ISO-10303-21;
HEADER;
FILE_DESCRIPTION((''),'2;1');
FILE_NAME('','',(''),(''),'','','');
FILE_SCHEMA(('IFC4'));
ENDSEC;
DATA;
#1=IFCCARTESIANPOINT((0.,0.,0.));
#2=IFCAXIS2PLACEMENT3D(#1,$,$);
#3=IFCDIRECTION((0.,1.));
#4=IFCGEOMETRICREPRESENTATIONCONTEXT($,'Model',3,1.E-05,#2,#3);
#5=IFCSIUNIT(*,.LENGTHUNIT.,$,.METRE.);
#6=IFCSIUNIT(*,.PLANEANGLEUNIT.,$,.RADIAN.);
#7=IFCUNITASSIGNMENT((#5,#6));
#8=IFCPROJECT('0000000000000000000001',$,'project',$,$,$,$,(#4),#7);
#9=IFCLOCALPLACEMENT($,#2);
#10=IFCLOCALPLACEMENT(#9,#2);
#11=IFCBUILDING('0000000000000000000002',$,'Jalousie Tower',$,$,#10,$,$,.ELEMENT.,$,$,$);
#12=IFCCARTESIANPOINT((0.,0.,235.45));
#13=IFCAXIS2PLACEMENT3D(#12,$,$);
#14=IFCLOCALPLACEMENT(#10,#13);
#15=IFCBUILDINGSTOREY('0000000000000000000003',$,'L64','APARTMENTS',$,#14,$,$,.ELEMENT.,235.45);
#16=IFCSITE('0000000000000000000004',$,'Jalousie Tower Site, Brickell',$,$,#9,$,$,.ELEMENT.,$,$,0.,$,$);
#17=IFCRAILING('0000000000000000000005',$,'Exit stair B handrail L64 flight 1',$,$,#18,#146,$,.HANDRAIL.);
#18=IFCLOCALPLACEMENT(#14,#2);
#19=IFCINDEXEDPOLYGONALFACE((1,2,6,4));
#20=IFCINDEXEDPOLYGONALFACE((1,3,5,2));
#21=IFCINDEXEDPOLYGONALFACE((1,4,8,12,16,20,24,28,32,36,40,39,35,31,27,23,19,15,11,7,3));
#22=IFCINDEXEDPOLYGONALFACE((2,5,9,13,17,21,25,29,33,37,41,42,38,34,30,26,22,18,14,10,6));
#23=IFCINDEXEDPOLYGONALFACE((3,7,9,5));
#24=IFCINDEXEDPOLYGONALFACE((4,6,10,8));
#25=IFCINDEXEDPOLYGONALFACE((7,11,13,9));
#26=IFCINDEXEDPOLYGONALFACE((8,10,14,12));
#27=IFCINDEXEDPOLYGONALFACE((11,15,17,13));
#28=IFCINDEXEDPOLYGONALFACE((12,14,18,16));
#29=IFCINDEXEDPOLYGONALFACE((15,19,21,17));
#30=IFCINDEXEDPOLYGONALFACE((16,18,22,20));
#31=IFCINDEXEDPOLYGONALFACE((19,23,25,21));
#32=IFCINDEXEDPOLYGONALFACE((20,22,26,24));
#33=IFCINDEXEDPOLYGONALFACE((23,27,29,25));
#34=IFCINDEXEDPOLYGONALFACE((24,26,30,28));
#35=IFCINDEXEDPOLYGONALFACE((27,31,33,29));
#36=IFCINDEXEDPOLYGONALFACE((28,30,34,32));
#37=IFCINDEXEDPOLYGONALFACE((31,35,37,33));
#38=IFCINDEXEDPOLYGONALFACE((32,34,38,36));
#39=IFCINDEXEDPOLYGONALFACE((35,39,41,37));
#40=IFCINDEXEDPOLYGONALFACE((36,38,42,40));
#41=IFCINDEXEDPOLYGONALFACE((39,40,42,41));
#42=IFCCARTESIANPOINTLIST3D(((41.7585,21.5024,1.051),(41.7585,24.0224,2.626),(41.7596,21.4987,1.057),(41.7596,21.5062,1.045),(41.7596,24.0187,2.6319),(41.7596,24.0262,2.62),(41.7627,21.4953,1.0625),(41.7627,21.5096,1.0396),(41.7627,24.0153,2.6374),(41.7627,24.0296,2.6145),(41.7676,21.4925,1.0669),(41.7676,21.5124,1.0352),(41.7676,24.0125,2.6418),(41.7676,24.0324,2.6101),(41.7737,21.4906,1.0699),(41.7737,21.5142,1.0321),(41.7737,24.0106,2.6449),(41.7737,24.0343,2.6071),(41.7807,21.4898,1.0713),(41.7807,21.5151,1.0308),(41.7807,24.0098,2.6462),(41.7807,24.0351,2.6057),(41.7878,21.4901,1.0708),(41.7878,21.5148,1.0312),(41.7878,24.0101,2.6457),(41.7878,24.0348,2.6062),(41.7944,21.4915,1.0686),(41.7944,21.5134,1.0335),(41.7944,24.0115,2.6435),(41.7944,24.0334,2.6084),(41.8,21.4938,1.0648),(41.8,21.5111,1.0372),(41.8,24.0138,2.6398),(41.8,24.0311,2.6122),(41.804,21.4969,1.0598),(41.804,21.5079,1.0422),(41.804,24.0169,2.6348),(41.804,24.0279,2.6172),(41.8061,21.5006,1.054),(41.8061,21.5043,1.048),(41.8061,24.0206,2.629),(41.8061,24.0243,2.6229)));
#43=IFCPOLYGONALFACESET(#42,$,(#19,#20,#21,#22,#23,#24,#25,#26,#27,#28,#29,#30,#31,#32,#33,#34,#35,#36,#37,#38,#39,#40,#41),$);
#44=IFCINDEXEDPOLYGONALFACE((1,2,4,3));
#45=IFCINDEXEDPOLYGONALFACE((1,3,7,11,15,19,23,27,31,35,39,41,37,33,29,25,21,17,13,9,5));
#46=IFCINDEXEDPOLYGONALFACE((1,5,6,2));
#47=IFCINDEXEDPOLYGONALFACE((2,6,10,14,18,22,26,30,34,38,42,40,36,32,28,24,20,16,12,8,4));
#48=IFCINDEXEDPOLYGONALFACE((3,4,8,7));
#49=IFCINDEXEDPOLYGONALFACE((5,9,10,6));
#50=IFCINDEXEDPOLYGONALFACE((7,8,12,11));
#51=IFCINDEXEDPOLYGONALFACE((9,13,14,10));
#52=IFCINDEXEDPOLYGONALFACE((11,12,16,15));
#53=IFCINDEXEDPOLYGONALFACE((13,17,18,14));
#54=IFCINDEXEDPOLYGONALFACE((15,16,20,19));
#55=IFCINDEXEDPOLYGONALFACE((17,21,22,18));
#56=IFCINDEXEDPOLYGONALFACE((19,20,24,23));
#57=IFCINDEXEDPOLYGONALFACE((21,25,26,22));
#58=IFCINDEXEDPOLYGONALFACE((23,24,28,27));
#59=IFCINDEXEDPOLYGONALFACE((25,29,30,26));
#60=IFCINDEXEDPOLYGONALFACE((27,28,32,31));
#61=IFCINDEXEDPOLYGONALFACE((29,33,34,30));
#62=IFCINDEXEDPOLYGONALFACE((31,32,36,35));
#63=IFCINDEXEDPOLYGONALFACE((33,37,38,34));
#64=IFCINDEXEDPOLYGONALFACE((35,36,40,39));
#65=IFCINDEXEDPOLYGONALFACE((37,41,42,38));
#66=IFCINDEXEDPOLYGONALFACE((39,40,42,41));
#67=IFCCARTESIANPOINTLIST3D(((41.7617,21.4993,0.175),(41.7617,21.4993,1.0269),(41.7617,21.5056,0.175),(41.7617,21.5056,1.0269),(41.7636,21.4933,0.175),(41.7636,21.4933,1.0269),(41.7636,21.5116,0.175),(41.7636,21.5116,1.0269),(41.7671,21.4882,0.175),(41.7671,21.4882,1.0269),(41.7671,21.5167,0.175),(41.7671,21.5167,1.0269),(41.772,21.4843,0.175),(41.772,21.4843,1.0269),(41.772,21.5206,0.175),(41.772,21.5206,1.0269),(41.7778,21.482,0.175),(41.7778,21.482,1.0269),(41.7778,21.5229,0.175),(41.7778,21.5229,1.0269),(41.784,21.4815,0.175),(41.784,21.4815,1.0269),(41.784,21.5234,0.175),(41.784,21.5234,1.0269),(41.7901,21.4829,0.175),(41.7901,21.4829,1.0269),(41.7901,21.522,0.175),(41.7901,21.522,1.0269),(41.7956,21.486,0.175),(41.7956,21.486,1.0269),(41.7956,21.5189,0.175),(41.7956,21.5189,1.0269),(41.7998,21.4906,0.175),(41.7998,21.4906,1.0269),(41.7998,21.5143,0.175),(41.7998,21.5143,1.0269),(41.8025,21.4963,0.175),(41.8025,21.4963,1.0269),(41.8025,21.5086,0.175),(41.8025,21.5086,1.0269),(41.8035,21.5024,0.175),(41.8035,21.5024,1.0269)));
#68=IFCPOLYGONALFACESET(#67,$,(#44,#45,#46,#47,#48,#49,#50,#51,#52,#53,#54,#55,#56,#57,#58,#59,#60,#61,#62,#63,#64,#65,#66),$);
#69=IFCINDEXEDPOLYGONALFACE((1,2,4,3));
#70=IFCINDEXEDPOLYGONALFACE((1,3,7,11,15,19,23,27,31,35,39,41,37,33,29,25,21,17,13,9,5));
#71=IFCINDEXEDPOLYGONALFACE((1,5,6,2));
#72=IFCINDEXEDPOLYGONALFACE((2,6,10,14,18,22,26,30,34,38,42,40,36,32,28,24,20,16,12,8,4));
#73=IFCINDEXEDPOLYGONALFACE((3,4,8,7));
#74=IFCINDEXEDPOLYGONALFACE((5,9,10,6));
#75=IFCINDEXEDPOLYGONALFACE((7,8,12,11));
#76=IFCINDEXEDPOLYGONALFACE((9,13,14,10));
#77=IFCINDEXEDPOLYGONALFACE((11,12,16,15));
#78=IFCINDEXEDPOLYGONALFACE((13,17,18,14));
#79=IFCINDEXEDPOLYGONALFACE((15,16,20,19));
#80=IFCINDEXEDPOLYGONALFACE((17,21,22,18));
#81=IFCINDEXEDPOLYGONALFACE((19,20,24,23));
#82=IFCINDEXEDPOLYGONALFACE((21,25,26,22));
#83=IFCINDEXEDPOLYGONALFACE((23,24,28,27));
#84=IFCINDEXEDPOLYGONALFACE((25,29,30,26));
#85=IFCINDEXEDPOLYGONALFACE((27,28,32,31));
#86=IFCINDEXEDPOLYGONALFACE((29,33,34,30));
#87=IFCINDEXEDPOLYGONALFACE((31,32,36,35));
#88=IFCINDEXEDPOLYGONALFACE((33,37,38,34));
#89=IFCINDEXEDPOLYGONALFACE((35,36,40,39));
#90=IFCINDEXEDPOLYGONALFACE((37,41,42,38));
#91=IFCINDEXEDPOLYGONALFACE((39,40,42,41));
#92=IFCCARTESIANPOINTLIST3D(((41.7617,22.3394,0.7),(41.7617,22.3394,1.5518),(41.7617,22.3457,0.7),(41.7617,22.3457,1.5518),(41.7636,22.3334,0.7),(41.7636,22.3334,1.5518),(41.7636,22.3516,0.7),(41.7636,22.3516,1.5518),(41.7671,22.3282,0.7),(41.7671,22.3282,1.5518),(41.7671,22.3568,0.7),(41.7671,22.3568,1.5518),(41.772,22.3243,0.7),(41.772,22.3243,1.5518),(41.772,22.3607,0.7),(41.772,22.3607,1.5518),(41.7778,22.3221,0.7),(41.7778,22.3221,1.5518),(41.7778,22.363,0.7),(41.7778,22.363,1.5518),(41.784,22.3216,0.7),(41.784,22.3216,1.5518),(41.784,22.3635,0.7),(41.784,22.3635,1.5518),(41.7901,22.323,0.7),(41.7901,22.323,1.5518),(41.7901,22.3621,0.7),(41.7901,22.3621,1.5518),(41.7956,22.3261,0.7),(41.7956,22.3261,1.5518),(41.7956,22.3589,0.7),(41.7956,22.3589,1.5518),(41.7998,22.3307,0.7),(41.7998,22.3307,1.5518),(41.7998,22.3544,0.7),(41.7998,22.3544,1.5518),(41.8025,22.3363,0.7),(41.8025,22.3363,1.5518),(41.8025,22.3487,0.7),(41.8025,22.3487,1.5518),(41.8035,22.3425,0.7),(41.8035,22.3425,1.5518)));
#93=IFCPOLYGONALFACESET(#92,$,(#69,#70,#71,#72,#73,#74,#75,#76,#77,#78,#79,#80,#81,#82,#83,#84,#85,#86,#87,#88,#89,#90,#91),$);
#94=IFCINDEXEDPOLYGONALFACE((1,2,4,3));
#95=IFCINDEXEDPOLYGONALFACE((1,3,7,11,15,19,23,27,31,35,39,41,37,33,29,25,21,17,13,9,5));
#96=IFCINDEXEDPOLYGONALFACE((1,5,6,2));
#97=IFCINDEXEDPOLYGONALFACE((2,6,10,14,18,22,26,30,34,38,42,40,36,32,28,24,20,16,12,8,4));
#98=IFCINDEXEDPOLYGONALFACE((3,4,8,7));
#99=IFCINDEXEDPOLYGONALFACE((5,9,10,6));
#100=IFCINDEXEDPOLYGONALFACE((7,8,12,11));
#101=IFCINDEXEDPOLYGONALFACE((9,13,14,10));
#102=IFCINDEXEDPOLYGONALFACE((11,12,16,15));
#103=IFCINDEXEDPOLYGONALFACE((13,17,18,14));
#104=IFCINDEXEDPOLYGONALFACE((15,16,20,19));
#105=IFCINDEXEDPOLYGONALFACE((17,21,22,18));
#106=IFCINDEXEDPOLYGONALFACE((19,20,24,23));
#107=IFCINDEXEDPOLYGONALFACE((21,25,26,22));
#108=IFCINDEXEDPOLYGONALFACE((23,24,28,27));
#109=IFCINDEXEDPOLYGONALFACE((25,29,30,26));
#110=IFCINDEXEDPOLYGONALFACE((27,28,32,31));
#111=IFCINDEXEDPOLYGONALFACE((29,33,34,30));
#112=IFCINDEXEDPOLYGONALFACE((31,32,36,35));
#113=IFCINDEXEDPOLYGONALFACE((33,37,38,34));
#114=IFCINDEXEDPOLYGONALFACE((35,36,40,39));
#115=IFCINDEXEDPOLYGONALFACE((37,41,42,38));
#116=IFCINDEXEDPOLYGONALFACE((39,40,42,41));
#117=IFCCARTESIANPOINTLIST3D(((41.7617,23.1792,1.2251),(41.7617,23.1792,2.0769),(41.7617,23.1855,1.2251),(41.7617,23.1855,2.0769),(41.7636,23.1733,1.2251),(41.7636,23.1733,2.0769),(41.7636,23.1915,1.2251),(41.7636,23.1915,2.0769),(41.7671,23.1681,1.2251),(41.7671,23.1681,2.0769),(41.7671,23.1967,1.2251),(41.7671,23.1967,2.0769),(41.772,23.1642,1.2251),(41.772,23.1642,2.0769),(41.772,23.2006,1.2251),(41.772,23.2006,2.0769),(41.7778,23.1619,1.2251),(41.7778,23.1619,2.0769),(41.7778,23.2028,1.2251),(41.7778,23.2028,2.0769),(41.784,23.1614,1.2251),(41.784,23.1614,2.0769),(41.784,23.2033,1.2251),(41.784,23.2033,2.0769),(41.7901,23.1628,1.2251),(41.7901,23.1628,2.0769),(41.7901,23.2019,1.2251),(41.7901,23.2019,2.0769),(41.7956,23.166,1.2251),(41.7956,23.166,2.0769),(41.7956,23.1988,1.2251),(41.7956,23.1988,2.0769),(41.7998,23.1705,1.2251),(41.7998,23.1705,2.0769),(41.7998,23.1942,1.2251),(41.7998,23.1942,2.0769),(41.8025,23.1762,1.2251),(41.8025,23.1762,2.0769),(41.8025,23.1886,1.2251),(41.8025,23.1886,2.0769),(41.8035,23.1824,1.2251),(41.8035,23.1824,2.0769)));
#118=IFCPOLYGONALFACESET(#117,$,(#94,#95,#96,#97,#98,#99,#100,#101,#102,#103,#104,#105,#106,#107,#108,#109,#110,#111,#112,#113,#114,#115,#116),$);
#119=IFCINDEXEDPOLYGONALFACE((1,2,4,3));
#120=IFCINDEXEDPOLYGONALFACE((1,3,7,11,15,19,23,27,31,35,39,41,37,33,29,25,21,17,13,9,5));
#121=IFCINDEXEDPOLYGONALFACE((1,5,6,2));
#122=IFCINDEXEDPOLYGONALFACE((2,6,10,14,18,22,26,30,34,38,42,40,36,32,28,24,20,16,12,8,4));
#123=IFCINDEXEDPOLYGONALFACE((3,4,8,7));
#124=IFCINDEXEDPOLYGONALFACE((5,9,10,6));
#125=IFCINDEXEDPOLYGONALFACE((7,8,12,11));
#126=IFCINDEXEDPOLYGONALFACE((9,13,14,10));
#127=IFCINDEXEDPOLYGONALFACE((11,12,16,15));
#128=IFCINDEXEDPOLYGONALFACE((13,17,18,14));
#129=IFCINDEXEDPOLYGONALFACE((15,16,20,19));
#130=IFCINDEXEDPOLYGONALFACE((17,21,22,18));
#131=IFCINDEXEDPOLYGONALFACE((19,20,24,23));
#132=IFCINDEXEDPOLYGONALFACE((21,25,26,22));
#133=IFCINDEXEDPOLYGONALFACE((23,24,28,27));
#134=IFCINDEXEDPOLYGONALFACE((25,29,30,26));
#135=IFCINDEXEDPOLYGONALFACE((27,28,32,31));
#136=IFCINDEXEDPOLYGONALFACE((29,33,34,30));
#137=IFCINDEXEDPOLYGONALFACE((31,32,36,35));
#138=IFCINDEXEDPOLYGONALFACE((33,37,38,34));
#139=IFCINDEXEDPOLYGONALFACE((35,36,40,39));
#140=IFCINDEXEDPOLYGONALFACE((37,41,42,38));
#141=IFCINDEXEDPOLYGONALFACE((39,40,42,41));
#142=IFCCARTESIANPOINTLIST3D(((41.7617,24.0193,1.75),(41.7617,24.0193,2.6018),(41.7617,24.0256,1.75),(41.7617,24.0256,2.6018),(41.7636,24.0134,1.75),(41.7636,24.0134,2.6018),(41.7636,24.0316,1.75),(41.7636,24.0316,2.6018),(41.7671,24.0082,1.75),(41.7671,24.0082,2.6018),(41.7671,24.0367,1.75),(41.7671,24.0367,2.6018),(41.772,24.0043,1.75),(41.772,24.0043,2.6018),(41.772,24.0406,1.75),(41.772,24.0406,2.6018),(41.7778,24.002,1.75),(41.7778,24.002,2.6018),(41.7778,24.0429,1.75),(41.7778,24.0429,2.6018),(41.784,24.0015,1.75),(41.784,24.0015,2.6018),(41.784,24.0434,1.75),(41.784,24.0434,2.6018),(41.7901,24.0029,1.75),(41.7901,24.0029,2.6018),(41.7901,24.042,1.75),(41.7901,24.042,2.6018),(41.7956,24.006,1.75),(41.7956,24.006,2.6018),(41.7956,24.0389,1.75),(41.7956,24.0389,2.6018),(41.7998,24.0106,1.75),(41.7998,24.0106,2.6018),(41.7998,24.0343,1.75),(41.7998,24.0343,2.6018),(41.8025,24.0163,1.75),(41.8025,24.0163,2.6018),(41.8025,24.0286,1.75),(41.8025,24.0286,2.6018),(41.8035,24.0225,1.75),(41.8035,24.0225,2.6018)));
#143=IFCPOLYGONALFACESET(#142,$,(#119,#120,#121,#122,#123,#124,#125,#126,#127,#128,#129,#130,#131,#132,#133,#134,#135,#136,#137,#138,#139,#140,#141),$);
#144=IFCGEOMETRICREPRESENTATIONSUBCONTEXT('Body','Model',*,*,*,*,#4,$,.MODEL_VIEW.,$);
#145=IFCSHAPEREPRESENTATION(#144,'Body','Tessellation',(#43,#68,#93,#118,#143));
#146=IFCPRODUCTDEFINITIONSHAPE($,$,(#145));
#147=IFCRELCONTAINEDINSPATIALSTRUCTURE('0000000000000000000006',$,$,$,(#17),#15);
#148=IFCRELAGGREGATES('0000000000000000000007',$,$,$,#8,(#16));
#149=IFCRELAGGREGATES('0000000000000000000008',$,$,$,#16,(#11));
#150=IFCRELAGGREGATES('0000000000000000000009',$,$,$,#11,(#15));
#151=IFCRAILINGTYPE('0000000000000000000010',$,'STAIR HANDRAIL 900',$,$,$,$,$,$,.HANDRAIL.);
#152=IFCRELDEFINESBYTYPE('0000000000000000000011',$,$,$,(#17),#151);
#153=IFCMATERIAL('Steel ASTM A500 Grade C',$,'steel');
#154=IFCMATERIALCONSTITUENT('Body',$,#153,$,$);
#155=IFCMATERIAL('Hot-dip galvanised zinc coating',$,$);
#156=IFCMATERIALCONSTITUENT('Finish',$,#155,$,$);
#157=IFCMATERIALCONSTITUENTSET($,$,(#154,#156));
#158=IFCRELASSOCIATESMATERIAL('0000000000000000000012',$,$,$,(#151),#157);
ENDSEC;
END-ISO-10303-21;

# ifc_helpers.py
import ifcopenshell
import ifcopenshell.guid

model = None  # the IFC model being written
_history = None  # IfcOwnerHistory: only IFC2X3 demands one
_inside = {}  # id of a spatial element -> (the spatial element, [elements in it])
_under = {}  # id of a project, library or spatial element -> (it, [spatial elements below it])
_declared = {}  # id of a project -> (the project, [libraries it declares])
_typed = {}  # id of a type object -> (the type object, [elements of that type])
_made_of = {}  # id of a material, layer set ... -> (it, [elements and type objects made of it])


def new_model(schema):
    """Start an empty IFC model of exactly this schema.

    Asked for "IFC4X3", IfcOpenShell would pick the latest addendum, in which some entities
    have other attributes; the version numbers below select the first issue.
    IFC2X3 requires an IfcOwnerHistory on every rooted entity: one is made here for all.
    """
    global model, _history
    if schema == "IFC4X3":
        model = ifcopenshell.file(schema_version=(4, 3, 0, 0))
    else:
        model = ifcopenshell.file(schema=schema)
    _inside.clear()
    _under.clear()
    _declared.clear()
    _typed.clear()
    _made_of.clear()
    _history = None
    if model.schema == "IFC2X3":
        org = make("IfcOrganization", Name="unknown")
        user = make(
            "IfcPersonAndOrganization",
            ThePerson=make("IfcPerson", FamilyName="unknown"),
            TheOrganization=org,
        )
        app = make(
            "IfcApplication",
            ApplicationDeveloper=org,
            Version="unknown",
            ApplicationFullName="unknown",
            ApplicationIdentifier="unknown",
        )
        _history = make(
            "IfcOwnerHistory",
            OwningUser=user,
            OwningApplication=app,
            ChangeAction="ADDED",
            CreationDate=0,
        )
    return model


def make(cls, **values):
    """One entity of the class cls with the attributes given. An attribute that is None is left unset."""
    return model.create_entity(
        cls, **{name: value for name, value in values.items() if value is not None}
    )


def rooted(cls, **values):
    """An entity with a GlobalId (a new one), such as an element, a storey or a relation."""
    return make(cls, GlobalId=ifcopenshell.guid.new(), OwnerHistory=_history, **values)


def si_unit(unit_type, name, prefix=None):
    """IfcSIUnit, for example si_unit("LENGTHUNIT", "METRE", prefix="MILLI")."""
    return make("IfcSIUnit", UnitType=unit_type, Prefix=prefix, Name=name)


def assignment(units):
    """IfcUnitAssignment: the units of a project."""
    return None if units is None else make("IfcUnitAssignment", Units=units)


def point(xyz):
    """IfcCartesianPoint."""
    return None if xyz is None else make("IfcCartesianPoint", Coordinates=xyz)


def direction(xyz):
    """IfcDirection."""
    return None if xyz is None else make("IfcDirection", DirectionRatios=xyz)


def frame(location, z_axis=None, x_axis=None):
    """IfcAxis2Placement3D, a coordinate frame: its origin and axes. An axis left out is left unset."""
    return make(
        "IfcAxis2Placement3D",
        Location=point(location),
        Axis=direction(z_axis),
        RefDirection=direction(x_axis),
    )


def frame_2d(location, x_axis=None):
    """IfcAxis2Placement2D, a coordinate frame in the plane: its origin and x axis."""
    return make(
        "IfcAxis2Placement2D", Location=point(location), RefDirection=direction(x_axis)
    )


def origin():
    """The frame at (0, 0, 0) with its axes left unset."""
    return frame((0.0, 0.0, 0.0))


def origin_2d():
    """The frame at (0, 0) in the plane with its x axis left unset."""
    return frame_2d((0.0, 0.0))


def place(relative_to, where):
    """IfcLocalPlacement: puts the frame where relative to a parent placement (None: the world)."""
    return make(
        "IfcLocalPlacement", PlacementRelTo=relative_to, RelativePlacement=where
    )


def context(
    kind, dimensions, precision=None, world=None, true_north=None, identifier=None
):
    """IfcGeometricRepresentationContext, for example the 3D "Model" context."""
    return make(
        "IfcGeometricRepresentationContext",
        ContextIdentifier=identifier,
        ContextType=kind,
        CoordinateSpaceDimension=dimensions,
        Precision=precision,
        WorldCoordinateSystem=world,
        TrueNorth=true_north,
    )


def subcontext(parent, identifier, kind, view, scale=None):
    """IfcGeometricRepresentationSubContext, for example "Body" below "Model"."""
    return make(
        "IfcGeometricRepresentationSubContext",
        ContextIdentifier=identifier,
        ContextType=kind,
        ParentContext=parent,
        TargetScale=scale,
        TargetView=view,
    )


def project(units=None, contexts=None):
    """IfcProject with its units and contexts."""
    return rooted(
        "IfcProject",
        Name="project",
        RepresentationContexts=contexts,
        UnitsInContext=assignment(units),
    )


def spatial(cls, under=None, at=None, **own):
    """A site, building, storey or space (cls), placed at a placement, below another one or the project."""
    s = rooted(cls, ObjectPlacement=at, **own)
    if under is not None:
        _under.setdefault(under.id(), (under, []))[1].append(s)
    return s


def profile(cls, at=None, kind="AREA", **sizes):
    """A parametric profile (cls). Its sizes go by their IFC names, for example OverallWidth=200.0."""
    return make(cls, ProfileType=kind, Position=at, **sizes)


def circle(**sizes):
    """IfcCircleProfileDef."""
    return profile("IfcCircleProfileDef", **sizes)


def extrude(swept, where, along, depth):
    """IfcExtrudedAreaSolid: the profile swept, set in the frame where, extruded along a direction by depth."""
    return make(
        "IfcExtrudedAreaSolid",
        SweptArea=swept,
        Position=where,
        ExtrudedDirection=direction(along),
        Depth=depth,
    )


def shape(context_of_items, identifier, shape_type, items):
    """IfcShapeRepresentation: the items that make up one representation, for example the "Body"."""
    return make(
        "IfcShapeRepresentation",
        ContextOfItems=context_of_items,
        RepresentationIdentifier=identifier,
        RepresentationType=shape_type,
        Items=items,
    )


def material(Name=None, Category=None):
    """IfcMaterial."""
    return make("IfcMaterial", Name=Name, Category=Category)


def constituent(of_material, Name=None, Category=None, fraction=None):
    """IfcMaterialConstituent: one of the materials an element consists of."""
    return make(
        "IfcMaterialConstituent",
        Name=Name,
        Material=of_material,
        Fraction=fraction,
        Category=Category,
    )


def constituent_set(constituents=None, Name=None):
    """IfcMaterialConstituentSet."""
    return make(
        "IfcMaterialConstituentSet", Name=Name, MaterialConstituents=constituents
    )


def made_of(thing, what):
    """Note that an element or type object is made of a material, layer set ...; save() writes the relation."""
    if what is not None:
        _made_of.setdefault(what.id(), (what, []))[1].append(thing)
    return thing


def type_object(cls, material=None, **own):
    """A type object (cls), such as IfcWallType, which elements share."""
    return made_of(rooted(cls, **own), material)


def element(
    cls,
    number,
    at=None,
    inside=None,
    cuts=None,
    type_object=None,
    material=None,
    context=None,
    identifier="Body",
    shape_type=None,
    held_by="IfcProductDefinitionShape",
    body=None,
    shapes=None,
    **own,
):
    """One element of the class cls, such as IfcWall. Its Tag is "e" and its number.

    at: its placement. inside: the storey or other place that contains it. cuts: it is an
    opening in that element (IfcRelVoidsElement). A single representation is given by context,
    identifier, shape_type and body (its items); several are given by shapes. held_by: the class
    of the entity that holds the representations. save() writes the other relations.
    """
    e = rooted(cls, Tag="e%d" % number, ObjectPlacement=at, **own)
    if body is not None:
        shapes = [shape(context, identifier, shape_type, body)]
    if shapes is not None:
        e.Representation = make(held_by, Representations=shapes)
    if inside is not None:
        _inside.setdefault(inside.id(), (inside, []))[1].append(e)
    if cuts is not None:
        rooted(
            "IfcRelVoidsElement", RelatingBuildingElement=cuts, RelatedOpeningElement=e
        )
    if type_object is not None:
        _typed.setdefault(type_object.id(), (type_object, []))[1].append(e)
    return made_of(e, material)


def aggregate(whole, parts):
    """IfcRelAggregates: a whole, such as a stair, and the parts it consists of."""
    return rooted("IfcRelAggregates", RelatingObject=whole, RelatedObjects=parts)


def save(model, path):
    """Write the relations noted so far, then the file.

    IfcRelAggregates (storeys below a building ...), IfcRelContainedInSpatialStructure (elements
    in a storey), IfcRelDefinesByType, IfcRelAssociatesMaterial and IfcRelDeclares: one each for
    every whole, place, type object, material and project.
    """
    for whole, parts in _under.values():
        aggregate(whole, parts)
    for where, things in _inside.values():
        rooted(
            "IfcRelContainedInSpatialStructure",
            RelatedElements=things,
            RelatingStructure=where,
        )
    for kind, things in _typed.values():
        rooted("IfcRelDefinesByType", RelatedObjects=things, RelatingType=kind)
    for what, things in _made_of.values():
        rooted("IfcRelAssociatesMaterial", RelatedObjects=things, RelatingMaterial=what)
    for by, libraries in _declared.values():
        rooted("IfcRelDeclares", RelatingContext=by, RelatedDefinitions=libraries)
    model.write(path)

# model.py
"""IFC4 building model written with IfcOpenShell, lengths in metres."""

from ifc_helpers import new_model, si_unit, direction, frame, origin, origin_2d, place, context, subcontext, project, spatial, circle, extrude, material, constituent, constituent_set, type_object, element, save


model = new_model("IFC4")

# Units and contexts
model_context = context("Model", 3, precision=1e-05, world=origin(), true_north=direction((0.0, 1.0)))
body_context = subcontext(model_context, "Body", "Model", "MODEL_VIEW")
ifc_project = project(units=[si_unit("LENGTHUNIT", "METRE"), si_unit("PLANEANGLEUNIT", "RADIAN")], contexts=[model_context])

# Site, building, storey
site_placement = place(None, origin())
site = spatial("IfcSite", under=ifc_project, at=site_placement, Name="Jalousie Tower Site, Brickell", CompositionType="ELEMENT", RefElevation=0.0)
building_placement = place(site_placement, origin())
building = spatial("IfcBuilding", under=site, at=building_placement, Name="Jalousie Tower", CompositionType="ELEMENT")
storey_placement = place(building_placement, frame((0.0, 0.0, 235.45)))
storey = spatial("IfcBuildingStorey", under=building, at=storey_placement, Name="L64", Description="APARTMENTS", CompositionType="ELEMENT", Elevation=235.45)

# Railing
ifc_material_1 = material(Name="Steel ASTM A500 Grade C", Category="steel")
ifc_constituent_1 = constituent(ifc_material_1, Name="Body")
ifc_material_2 = material(Name="Hot-dip galvanised zinc coating")
ifc_constituent_2 = constituent(ifc_material_2, Name="Finish")
ifc_constituent_set_1 = constituent_set(constituents=[ifc_constituent_1, ifc_constituent_2])
railing_type_1 = type_object("IfcRailingType", Name="STAIR HANDRAIL 900", PredefinedType="HANDRAIL", material=ifc_constituent_set_1)
railing_1_placement = place(storey_placement, frame((41.7825, 21.5024, 0.175)))
element("IfcRailing", 1, at=railing_1_placement, inside=storey, type_object=railing_type_1, Name="Exit stair B handrail L64 flight 1", PredefinedType="HANDRAIL", context=body_context, shape_type="SweptSolid", body=[
    extrude(circle(Radius=0.0239, at=origin_2d()), frame((0.0, 0.0, 0.876), z_axis=(0.0, 0.848008, 0.529984), x_axis=(-1.0, 0.0, 0.0)), (0.0, 0.0, 1.0), 2.9717),
    extrude(circle(Radius=0.021, at=origin_2d()), origin(), (0.0, 0.0, 1.0), 0.8518),
    extrude(circle(Radius=0.021, at=origin_2d()), frame((0.0, 0.8401, 0.5249)), (0.0, 0.0, 1.0), 0.8518),
    extrude(circle(Radius=0.021, at=origin_2d()), frame((0.0, 1.6799, 1.05)), (0.0, 0.0, 1.0), 0.8518),
    extrude(circle(Radius=0.021, at=origin_2d()), frame((0.0, 2.52, 1.575)), (0.0, 0.0, 1.0), 0.8518),
])

save(model, "model.ifc")
